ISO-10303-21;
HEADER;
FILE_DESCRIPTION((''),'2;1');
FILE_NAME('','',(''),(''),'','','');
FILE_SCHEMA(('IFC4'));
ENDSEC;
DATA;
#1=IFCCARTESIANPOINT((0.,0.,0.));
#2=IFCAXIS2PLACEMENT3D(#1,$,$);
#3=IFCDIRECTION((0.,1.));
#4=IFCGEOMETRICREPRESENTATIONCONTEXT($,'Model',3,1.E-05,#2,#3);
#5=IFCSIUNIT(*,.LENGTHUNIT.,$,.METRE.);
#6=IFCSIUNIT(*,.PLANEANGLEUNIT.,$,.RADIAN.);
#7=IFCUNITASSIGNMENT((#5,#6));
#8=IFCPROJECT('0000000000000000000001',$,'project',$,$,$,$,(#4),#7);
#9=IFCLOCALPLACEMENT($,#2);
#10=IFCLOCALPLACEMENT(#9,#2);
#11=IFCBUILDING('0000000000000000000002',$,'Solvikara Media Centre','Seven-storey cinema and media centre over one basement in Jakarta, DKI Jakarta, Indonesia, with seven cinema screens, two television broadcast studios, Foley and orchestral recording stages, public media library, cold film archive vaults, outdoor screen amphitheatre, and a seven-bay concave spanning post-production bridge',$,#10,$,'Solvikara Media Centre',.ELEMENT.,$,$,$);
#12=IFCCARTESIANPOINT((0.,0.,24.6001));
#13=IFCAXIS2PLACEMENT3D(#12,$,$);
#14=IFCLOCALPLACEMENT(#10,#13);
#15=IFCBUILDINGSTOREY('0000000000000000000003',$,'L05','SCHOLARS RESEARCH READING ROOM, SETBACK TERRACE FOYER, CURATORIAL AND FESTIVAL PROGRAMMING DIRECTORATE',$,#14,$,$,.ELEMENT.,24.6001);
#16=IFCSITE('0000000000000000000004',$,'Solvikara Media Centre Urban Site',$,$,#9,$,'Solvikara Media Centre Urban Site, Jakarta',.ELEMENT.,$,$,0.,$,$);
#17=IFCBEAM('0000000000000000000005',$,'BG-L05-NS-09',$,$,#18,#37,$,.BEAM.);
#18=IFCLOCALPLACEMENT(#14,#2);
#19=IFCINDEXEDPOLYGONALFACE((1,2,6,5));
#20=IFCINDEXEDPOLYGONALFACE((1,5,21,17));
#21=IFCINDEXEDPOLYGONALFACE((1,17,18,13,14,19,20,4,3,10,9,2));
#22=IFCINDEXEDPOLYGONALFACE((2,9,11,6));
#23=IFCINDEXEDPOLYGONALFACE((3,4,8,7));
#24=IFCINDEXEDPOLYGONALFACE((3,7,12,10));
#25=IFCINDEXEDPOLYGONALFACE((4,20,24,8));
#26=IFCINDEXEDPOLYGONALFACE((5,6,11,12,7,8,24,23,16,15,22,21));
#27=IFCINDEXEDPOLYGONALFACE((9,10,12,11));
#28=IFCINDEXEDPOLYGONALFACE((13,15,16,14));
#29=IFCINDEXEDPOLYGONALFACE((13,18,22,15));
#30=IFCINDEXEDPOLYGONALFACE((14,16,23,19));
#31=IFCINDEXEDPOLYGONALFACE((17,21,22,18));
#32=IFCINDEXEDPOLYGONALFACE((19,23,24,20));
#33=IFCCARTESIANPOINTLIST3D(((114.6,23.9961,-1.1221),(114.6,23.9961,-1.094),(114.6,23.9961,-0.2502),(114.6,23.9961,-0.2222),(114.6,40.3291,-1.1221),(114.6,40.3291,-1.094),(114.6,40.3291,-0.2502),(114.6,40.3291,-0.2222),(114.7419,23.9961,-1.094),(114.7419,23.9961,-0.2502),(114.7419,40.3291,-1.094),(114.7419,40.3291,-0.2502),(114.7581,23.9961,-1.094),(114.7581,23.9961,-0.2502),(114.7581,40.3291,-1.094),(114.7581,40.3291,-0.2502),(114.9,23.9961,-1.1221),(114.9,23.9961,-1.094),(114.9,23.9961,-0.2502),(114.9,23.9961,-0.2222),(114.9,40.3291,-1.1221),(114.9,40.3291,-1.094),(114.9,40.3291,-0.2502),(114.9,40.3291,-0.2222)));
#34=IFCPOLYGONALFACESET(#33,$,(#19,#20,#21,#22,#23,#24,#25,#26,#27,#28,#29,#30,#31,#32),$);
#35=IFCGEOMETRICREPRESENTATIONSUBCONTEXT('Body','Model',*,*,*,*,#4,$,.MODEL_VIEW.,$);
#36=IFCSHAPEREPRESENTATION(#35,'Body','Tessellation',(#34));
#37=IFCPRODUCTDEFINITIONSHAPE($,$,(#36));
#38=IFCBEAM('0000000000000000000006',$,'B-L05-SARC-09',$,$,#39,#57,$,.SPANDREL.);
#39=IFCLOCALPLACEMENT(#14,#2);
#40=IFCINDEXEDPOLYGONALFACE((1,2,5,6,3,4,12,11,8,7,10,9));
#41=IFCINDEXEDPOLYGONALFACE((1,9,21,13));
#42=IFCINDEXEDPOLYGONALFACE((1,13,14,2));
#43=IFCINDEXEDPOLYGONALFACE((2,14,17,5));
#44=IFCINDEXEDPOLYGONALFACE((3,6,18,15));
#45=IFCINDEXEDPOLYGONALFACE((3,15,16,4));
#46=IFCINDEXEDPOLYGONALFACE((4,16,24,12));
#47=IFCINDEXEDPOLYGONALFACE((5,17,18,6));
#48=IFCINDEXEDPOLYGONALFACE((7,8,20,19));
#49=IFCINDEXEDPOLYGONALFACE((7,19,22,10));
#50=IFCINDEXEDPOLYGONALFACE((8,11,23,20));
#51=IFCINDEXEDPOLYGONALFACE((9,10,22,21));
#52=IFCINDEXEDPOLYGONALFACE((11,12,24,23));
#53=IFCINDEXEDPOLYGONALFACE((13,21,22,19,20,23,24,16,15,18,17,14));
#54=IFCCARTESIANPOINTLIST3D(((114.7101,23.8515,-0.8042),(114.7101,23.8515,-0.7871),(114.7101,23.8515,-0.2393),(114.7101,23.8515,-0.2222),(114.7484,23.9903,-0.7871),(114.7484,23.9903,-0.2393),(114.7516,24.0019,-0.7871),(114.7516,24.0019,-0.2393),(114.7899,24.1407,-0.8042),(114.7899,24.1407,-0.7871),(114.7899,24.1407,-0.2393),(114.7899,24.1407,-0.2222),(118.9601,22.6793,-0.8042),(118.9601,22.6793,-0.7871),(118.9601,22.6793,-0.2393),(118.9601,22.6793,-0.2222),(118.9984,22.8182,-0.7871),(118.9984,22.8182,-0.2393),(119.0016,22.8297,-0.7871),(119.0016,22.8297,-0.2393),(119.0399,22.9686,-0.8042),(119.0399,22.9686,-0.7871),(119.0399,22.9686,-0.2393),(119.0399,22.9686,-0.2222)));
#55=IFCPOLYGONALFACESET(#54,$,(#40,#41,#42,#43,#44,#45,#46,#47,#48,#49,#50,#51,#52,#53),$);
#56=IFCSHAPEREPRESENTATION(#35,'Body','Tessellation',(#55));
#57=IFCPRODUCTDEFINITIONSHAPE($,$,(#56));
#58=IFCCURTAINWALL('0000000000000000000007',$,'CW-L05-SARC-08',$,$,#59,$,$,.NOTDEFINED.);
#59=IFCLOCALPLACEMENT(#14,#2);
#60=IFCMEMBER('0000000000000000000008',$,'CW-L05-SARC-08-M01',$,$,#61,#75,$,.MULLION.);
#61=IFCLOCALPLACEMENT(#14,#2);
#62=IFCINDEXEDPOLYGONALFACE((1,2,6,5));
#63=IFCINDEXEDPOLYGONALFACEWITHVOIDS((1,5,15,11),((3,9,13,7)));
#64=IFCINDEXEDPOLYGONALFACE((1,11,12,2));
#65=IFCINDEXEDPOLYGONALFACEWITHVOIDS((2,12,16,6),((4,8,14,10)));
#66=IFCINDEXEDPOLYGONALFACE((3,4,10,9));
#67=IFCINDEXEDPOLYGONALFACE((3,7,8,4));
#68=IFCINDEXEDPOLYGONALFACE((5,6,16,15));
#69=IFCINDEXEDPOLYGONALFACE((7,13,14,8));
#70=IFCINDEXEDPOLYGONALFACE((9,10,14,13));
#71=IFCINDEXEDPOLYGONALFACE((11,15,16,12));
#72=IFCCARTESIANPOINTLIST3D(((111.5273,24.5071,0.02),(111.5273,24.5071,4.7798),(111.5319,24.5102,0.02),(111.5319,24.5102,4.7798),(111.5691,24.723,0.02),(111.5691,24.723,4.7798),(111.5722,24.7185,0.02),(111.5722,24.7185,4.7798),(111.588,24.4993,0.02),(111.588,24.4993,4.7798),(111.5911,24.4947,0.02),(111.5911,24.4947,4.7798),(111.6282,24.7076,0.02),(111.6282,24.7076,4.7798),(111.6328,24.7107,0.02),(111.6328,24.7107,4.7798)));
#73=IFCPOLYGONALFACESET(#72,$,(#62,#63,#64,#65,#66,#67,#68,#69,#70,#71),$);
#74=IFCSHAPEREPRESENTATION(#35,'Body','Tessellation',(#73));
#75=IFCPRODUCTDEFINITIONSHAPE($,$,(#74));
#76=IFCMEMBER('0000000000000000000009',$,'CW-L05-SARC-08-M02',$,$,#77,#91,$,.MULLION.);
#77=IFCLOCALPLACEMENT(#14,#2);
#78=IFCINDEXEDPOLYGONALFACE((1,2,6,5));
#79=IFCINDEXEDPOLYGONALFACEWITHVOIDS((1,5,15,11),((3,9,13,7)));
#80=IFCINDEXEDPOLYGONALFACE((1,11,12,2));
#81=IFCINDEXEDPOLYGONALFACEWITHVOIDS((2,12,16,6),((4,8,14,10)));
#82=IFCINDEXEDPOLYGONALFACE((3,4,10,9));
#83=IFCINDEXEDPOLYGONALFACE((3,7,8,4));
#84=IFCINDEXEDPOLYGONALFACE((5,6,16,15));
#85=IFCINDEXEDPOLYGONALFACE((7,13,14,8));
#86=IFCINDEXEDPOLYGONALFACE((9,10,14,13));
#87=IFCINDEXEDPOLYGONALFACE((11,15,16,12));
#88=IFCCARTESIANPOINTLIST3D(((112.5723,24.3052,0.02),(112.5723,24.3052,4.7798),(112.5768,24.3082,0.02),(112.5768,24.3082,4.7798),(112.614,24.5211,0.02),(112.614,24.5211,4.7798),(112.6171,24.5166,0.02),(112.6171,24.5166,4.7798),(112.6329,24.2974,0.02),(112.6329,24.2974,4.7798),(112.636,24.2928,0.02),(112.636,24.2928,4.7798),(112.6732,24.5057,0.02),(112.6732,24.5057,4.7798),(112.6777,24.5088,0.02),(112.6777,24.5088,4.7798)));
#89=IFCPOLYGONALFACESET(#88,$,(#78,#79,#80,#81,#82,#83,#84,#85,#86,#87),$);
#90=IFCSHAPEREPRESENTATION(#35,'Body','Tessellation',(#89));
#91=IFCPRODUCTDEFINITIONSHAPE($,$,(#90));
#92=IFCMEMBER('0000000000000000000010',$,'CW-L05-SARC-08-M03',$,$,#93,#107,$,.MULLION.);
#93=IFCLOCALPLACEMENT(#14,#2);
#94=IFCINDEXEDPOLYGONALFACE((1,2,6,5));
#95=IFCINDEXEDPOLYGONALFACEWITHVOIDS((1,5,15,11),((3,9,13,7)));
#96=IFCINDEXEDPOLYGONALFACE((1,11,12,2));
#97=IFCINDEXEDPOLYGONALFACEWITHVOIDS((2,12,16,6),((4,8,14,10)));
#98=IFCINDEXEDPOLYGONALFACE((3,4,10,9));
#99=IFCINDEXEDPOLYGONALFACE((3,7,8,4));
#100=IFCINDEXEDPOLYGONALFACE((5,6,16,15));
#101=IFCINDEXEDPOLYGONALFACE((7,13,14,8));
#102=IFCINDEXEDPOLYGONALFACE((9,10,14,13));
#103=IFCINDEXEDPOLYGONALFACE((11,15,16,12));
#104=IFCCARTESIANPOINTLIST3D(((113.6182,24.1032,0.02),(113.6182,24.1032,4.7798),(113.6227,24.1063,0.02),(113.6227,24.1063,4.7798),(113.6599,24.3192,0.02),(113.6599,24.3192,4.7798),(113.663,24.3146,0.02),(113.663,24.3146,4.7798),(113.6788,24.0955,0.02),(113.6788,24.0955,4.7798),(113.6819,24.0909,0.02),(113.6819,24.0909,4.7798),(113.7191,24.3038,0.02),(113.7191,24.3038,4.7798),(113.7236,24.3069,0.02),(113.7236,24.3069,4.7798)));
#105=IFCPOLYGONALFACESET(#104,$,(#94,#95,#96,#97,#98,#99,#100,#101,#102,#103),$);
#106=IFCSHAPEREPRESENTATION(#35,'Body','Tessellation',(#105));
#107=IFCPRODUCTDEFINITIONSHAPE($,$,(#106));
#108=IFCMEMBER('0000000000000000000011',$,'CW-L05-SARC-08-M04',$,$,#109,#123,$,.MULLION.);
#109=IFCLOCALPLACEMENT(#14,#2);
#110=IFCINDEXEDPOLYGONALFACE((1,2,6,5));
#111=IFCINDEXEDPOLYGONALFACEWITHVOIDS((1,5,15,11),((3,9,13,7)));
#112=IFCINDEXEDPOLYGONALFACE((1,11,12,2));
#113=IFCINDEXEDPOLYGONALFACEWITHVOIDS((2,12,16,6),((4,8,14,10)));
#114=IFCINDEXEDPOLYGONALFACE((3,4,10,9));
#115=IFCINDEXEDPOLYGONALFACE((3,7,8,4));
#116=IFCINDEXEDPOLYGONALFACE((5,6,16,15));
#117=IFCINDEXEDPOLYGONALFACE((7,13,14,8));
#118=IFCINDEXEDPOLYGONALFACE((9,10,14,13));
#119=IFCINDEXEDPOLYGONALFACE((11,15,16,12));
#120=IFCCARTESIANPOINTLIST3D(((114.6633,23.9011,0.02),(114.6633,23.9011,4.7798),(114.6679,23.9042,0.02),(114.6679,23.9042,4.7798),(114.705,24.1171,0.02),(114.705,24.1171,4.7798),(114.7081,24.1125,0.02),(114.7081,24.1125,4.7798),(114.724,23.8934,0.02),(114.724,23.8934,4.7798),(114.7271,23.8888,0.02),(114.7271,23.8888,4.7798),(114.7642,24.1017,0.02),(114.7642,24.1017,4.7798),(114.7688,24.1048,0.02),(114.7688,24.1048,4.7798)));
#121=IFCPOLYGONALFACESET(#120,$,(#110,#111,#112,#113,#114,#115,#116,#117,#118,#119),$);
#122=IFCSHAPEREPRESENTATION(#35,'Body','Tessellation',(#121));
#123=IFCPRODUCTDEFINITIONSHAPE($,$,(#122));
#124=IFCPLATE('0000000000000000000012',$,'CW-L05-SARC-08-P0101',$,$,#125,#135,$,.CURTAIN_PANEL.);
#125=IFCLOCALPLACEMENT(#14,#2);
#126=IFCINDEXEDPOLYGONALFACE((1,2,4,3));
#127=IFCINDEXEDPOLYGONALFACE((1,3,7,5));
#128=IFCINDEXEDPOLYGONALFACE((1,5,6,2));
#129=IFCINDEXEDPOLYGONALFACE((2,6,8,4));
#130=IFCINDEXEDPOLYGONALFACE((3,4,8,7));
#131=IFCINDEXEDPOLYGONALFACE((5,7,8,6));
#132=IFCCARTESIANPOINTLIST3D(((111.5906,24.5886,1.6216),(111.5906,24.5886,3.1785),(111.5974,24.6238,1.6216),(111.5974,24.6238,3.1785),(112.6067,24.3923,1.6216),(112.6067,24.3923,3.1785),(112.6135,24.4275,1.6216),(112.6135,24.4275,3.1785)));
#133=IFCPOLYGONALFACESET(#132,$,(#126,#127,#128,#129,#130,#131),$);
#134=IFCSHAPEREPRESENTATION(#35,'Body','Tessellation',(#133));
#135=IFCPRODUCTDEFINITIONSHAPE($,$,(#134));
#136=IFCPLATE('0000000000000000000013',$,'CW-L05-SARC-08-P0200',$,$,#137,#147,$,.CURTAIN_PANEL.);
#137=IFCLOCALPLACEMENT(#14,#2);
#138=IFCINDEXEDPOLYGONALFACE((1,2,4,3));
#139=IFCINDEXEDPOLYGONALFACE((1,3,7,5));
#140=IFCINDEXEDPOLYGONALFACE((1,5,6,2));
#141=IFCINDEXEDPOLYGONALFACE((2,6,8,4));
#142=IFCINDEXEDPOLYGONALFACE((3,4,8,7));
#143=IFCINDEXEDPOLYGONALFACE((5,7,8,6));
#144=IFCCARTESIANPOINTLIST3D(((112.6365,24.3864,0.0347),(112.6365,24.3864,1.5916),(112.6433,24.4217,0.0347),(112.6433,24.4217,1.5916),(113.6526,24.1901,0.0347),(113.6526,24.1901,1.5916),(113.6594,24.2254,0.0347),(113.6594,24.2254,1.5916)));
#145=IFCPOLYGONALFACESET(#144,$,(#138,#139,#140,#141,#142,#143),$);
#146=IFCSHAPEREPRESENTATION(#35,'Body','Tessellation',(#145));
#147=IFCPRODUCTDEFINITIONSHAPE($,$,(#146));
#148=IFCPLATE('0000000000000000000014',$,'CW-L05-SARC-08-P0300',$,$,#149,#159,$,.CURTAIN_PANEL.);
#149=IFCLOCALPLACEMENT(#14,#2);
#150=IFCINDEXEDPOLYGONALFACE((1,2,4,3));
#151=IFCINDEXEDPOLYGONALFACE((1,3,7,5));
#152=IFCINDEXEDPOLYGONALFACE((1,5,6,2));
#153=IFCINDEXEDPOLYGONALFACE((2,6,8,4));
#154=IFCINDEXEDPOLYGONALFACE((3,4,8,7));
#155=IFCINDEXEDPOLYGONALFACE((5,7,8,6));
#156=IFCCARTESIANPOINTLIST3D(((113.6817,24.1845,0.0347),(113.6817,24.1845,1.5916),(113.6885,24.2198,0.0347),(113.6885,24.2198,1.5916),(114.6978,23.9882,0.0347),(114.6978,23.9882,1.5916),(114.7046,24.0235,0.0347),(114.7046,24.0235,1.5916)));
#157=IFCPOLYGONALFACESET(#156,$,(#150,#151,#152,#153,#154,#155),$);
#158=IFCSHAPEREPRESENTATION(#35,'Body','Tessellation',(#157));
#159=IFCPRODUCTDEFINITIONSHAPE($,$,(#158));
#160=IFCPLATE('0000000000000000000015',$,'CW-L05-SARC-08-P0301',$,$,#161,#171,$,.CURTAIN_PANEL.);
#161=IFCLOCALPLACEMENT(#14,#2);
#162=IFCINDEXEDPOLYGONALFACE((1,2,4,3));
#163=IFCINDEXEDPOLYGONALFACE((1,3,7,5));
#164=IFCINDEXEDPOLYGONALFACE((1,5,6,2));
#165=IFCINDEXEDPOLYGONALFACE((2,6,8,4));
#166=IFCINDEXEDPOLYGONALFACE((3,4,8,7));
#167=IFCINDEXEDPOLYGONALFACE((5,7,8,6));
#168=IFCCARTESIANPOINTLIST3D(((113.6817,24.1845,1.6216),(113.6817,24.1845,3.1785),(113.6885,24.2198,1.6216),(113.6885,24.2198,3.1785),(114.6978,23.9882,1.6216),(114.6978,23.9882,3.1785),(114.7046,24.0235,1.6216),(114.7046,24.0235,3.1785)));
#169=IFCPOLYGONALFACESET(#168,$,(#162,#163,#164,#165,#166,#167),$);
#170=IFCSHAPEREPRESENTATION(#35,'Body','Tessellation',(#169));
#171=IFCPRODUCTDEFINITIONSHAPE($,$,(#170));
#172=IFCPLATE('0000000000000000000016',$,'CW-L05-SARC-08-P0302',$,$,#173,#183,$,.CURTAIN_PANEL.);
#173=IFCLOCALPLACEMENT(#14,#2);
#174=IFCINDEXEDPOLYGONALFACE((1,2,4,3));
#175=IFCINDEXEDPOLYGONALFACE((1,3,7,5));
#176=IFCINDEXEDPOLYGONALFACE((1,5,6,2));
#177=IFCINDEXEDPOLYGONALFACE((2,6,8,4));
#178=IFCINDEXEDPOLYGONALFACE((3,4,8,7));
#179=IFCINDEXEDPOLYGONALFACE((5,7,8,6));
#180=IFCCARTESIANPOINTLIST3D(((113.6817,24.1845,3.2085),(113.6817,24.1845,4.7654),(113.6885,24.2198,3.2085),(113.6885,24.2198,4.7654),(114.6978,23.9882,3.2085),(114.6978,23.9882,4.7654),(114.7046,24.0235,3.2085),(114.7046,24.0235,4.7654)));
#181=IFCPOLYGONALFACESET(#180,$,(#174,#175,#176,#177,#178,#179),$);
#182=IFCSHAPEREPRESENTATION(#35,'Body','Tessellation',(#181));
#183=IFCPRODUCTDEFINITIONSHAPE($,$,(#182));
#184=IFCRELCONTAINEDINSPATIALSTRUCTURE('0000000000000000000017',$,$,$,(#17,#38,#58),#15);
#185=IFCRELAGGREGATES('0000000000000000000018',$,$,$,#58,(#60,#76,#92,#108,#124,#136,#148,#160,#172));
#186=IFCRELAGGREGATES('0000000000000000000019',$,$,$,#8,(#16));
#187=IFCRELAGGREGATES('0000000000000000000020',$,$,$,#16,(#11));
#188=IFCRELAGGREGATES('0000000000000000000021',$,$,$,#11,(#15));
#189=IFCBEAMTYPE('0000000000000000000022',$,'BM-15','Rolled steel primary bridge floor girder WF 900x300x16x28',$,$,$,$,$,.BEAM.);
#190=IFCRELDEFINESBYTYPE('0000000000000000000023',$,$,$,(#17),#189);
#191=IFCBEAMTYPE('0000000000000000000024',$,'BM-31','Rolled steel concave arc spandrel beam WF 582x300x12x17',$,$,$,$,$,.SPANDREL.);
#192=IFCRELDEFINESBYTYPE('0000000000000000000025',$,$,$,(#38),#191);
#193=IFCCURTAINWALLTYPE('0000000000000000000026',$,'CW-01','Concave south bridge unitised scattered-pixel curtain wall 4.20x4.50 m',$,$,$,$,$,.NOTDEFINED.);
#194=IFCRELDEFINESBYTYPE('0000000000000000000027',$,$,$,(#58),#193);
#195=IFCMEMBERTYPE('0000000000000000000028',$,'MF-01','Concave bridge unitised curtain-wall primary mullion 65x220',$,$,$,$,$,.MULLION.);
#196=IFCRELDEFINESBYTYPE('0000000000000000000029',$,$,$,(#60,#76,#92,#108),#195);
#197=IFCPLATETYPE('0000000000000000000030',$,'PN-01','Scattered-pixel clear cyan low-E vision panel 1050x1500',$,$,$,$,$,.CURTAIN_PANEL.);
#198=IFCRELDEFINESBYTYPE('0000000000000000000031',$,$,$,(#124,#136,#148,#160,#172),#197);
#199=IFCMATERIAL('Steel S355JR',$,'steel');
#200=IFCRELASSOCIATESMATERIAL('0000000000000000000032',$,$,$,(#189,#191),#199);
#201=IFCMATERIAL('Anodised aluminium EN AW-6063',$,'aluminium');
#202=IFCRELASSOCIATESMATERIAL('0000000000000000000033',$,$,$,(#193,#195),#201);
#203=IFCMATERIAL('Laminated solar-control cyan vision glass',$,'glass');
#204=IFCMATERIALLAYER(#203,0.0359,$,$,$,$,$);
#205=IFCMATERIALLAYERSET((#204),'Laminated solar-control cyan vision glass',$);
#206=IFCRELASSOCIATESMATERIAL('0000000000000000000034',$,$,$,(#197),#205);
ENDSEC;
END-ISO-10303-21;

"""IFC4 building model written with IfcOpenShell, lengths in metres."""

from ifc_helpers import new_model, si_unit, direction, frame, origin, origin_2d, place, context, subcontext, project, spatial, rectangle, hollow_rectangle, i_section, extrude, material, layer, layer_set, material_profile, profile_set, type_object, element, aggregate, save


model = new_model("IFC4")

# Units and contexts
model_context = context("Model", 3, precision=1e-05, world=origin(), true_north=direction((0.0, 1.0)))
body_context = subcontext(model_context, "Body", "Model", "MODEL_VIEW")
ifc_project = project(units=[si_unit("LENGTHUNIT", "METRE"), si_unit("PLANEANGLEUNIT", "RADIAN")], contexts=[model_context])

# Site, building, storey
site_placement = place(None, origin())
site = spatial("IfcSite", under=ifc_project, at=site_placement, Name="Solvikara Media Centre Urban Site", LongName="Solvikara Media Centre Urban Site, Jakarta", CompositionType="ELEMENT", RefElevation=0.0)
building_placement = place(site_placement, origin())
building = spatial("IfcBuilding", under=site, at=building_placement, Name="Solvikara Media Centre", Description="Seven-storey cinema and media centre over one basement in Jakarta, DKI Jakarta, Indonesia, with seven cinema screens, two television broadcast studios, Foley and orchestral recording stages, public media library, cold film archive vaults, outdoor screen amphitheatre, and a seven-bay concave spanning post-production bridge", LongName="Solvikara Media Centre", CompositionType="ELEMENT")
storey_placement = place(building_placement, frame((0.0, 0.0, 24.6001)))
storey = spatial("IfcBuildingStorey", under=building, at=storey_placement, Name="L05", Description="SCHOLARS RESEARCH READING ROOM, SETBACK TERRACE FOYER, CURATORIAL AND FESTIVAL PROGRAMMING DIRECTORATE", CompositionType="ELEMENT", Elevation=24.6001)

# Beams
ifc_material_1 = material(Name="Steel S355JR", Category="steel")
ifc_material_profile_1 = material_profile(ifc_material_1, i_section(OverallWidth=0.3, OverallDepth=0.8999, WebThickness=0.0161, FlangeThickness=0.0281, at=origin_2d()), Name="WF 900x300x16x28")
ifc_profile_set_1 = profile_set([ifc_material_profile_1], Name="Steel S355JR")
beam_type_1 = type_object("IfcBeamType", Name="BM-15", Description="Rolled steel primary bridge floor girder WF 900x300x16x28", PredefinedType="BEAM", material=ifc_profile_set_1)
beam_1_placement = place(storey_placement, frame((114.75, 23.9961, -0.6721), z_axis=(0.0, 1.0, 0.0), x_axis=(-1.0, 0.0, 0.0)))
element("IfcBeam", 1, at=beam_1_placement, inside=storey, type_object=beam_type_1, Name="BG-L05-NS-09", PredefinedType="BEAM", context=body_context, shape_type="SweptSolid", body=[
    extrude(i_section(OverallWidth=0.3, OverallDepth=0.8999, WebThickness=0.0161, FlangeThickness=0.0281, at=origin_2d()), origin(), (0.0, 0.0, 1.0), 16.333),
])
ifc_material_profile_2 = material_profile(ifc_material_1, i_section(OverallWidth=0.3, OverallDepth=0.582, WebThickness=0.012, FlangeThickness=0.0171, at=origin_2d()), Name="WF 582x300x12x17")
ifc_profile_set_2 = profile_set([ifc_material_profile_2], Name="Steel S355JR")
beam_type_2 = type_object("IfcBeamType", Name="BM-31", Description="Rolled steel concave arc spandrel beam WF 582x300x12x17", PredefinedType="SPANDREL", material=ifc_profile_set_2)
beam_2_placement = place(storey_placement, frame((114.75, 23.9961, -0.5132), z_axis=(0.96401, -0.265867, 0.0), x_axis=(0.265867, 0.96401, 0.0)))
element("IfcBeam", 2, at=beam_2_placement, inside=storey, type_object=beam_type_2, Name="B-L05-SARC-09", PredefinedType="SPANDREL", context=body_context, shape_type="SweptSolid", body=[
    extrude(i_section(OverallWidth=0.3, OverallDepth=0.582, WebThickness=0.012, FlangeThickness=0.0171, at=origin_2d()), origin(), (0.0, 0.0, 1.0), 4.4087),
])

# Curtain wall, members, plates
ifc_material_2 = material(Name="Anodised aluminium EN AW-6063", Category="aluminium")
curtain_wall_type = type_object("IfcCurtainWallType", Name="CW-01", Description="Concave south bridge unitised scattered-pixel curtain wall 4.20x4.50 m", PredefinedType="NOTDEFINED", material=ifc_material_2)
curtain_wall_placement = place(storey_placement, origin())
curtain_wall = element("IfcCurtainWall", 3, at=curtain_wall_placement, inside=storey, type_object=curtain_wall_type, Name="CW-L05-SARC-08", PredefinedType="NOTDEFINED")
ifc_material_profile_3 = material_profile(ifc_material_2, hollow_rectangle(XDim=0.0649, YDim=0.22, WallThickness=0.0039, at=origin_2d()), Name="ALU-M 65x220x4")
ifc_profile_set_3 = profile_set([ifc_material_profile_3], Name="Anodised aluminium EN AW-6063")
member_type = type_object("IfcMemberType", Name="MF-01", Description="Concave bridge unitised curtain-wall primary mullion 65x220", PredefinedType="MULLION", material=ifc_profile_set_3)
member_1_placement = place(storey_placement, frame((111.5801, 24.6089, 0.02), z_axis=(0.0, 0.0, 1.0), x_axis=(0.981843, -0.189695, 0.0)))
member_1 = element("IfcMember", 4, at=member_1_placement, type_object=member_type, Name="CW-L05-SARC-08-M01", PredefinedType="MULLION", context=body_context, shape_type="SweptSolid", body=[
    extrude(hollow_rectangle(XDim=0.0649, YDim=0.22, WallThickness=0.0039, at=origin_2d()), origin(), (0.0, 0.0, 1.0), 4.7598),
])
member_2_placement = place(storey_placement, frame((112.625, 24.407, 0.02), z_axis=(0.0, 0.0, 1.0), x_axis=(0.981843, -0.189695, 0.0)))
member_2 = element("IfcMember", 5, at=member_2_placement, type_object=member_type, Name="CW-L05-SARC-08-M02", PredefinedType="MULLION", context=body_context, shape_type="SweptSolid", body=[
    extrude(hollow_rectangle(XDim=0.0649, YDim=0.22, WallThickness=0.0039, at=origin_2d()), origin(), (0.0, 0.0, 1.0), 4.7598),
])
member_3_placement = place(storey_placement, frame((113.6709, 24.2051, 0.02), z_axis=(0.0, 0.0, 1.0), x_axis=(0.981843, -0.189695, 0.0)))
member_3 = element("IfcMember", 6, at=member_3_placement, type_object=member_type, Name="CW-L05-SARC-08-M03", PredefinedType="MULLION", context=body_context, shape_type="SweptSolid", body=[
    extrude(hollow_rectangle(XDim=0.0649, YDim=0.22, WallThickness=0.0039, at=origin_2d()), origin(), (0.0, 0.0, 1.0), 4.7598),
])
member_4_placement = place(storey_placement, frame((114.7161, 24.0029, 0.02), z_axis=(0.0, 0.0, 1.0), x_axis=(0.981843, -0.189695, 0.0)))
member_4 = element("IfcMember", 7, at=member_4_placement, type_object=member_type, Name="CW-L05-SARC-08-M04", PredefinedType="MULLION", context=body_context, shape_type="SweptSolid", body=[
    extrude(hollow_rectangle(XDim=0.0649, YDim=0.22, WallThickness=0.0039, at=origin_2d()), origin(), (0.0, 0.0, 1.0), 4.7598),
])
ifc_material_3 = material(Name="Laminated solar-control cyan vision glass", Category="glass")
ifc_layer_1 = layer(ifc_material_3, 0.0359)
ifc_layer_set_1 = layer_set([ifc_layer_1], Name="Laminated solar-control cyan vision glass")
plate_type_1 = type_object("IfcPlateType", Name="PN-01", Description="Scattered-pixel clear cyan low-E vision panel 1050x1500", PredefinedType="CURTAIN_PANEL", material=ifc_layer_set_1)
plate_1_placement = place(storey_placement, frame((112.1021, 24.5081, 1.6216), z_axis=(0.0, 0.0, 1.0), x_axis=(0.981843, -0.189695, 0.0)))
plate_1 = element("IfcPlate", 8, at=plate_1_placement, type_object=plate_type_1, Name="CW-L05-SARC-08-P0101", PredefinedType="CURTAIN_PANEL", context=body_context, shape_type="SweptSolid", body=[
    extrude(rectangle(XDim=1.0349, YDim=0.0359, at=origin_2d()), origin(), (0.0, 0.0, 1.0), 1.5569),
])
plate_2_placement = place(storey_placement, frame((113.1479, 24.3059, 0.0347), z_axis=(0.0, 0.0, 1.0), x_axis=(0.981843, -0.189695, 0.0)))
plate_2 = element("IfcPlate", 9, at=plate_2_placement, type_object=plate_type_1, Name="CW-L05-SARC-08-P0200", PredefinedType="CURTAIN_PANEL", context=body_context, shape_type="SweptSolid", body=[
    extrude(rectangle(XDim=1.0349, YDim=0.0359, at=origin_2d()), origin(), (0.0, 0.0, 1.0), 1.5569),
])
plate_3_placement = place(storey_placement, frame((114.1931, 24.104, 0.0347), z_axis=(0.0, 0.0, 1.0), x_axis=(0.981843, -0.189695, 0.0)))
plate_3 = element("IfcPlate", 10, at=plate_3_placement, type_object=plate_type_1, Name="CW-L05-SARC-08-P0300", PredefinedType="CURTAIN_PANEL", context=body_context, shape_type="SweptSolid", body=[
    extrude(rectangle(XDim=1.0349, YDim=0.0359, at=origin_2d()), origin(), (0.0, 0.0, 1.0), 1.5569),
])
plate_4_placement = place(storey_placement, frame((114.1931, 24.104, 1.6216), z_axis=(0.0, 0.0, 1.0), x_axis=(0.981843, -0.189695, 0.0)))
plate_4 = element("IfcPlate", 11, at=plate_4_placement, type_object=plate_type_1, Name="CW-L05-SARC-08-P0301", PredefinedType="CURTAIN_PANEL", context=body_context, shape_type="SweptSolid", body=[
    extrude(rectangle(XDim=1.0349, YDim=0.0359, at=origin_2d()), origin(), (0.0, 0.0, 1.0), 1.5569),
])
plate_5_placement = place(storey_placement, frame((114.1931, 24.104, 3.2085), z_axis=(0.0, 0.0, 1.0), x_axis=(0.981843, -0.189695, 0.0)))
plate_5 = element("IfcPlate", 12, at=plate_5_placement, type_object=plate_type_1, Name="CW-L05-SARC-08-P0302", PredefinedType="CURTAIN_PANEL", context=body_context, shape_type="SweptSolid", body=[
    extrude(rectangle(XDim=1.0349, YDim=0.0359, at=origin_2d()), origin(), (0.0, 0.0, 1.0), 1.5569),
])
aggregate(curtain_wall, [member_1, member_2, member_3, member_4, plate_1, plate_2, plate_3, plate_4, plate_5])

save(model, "model.ifc")
